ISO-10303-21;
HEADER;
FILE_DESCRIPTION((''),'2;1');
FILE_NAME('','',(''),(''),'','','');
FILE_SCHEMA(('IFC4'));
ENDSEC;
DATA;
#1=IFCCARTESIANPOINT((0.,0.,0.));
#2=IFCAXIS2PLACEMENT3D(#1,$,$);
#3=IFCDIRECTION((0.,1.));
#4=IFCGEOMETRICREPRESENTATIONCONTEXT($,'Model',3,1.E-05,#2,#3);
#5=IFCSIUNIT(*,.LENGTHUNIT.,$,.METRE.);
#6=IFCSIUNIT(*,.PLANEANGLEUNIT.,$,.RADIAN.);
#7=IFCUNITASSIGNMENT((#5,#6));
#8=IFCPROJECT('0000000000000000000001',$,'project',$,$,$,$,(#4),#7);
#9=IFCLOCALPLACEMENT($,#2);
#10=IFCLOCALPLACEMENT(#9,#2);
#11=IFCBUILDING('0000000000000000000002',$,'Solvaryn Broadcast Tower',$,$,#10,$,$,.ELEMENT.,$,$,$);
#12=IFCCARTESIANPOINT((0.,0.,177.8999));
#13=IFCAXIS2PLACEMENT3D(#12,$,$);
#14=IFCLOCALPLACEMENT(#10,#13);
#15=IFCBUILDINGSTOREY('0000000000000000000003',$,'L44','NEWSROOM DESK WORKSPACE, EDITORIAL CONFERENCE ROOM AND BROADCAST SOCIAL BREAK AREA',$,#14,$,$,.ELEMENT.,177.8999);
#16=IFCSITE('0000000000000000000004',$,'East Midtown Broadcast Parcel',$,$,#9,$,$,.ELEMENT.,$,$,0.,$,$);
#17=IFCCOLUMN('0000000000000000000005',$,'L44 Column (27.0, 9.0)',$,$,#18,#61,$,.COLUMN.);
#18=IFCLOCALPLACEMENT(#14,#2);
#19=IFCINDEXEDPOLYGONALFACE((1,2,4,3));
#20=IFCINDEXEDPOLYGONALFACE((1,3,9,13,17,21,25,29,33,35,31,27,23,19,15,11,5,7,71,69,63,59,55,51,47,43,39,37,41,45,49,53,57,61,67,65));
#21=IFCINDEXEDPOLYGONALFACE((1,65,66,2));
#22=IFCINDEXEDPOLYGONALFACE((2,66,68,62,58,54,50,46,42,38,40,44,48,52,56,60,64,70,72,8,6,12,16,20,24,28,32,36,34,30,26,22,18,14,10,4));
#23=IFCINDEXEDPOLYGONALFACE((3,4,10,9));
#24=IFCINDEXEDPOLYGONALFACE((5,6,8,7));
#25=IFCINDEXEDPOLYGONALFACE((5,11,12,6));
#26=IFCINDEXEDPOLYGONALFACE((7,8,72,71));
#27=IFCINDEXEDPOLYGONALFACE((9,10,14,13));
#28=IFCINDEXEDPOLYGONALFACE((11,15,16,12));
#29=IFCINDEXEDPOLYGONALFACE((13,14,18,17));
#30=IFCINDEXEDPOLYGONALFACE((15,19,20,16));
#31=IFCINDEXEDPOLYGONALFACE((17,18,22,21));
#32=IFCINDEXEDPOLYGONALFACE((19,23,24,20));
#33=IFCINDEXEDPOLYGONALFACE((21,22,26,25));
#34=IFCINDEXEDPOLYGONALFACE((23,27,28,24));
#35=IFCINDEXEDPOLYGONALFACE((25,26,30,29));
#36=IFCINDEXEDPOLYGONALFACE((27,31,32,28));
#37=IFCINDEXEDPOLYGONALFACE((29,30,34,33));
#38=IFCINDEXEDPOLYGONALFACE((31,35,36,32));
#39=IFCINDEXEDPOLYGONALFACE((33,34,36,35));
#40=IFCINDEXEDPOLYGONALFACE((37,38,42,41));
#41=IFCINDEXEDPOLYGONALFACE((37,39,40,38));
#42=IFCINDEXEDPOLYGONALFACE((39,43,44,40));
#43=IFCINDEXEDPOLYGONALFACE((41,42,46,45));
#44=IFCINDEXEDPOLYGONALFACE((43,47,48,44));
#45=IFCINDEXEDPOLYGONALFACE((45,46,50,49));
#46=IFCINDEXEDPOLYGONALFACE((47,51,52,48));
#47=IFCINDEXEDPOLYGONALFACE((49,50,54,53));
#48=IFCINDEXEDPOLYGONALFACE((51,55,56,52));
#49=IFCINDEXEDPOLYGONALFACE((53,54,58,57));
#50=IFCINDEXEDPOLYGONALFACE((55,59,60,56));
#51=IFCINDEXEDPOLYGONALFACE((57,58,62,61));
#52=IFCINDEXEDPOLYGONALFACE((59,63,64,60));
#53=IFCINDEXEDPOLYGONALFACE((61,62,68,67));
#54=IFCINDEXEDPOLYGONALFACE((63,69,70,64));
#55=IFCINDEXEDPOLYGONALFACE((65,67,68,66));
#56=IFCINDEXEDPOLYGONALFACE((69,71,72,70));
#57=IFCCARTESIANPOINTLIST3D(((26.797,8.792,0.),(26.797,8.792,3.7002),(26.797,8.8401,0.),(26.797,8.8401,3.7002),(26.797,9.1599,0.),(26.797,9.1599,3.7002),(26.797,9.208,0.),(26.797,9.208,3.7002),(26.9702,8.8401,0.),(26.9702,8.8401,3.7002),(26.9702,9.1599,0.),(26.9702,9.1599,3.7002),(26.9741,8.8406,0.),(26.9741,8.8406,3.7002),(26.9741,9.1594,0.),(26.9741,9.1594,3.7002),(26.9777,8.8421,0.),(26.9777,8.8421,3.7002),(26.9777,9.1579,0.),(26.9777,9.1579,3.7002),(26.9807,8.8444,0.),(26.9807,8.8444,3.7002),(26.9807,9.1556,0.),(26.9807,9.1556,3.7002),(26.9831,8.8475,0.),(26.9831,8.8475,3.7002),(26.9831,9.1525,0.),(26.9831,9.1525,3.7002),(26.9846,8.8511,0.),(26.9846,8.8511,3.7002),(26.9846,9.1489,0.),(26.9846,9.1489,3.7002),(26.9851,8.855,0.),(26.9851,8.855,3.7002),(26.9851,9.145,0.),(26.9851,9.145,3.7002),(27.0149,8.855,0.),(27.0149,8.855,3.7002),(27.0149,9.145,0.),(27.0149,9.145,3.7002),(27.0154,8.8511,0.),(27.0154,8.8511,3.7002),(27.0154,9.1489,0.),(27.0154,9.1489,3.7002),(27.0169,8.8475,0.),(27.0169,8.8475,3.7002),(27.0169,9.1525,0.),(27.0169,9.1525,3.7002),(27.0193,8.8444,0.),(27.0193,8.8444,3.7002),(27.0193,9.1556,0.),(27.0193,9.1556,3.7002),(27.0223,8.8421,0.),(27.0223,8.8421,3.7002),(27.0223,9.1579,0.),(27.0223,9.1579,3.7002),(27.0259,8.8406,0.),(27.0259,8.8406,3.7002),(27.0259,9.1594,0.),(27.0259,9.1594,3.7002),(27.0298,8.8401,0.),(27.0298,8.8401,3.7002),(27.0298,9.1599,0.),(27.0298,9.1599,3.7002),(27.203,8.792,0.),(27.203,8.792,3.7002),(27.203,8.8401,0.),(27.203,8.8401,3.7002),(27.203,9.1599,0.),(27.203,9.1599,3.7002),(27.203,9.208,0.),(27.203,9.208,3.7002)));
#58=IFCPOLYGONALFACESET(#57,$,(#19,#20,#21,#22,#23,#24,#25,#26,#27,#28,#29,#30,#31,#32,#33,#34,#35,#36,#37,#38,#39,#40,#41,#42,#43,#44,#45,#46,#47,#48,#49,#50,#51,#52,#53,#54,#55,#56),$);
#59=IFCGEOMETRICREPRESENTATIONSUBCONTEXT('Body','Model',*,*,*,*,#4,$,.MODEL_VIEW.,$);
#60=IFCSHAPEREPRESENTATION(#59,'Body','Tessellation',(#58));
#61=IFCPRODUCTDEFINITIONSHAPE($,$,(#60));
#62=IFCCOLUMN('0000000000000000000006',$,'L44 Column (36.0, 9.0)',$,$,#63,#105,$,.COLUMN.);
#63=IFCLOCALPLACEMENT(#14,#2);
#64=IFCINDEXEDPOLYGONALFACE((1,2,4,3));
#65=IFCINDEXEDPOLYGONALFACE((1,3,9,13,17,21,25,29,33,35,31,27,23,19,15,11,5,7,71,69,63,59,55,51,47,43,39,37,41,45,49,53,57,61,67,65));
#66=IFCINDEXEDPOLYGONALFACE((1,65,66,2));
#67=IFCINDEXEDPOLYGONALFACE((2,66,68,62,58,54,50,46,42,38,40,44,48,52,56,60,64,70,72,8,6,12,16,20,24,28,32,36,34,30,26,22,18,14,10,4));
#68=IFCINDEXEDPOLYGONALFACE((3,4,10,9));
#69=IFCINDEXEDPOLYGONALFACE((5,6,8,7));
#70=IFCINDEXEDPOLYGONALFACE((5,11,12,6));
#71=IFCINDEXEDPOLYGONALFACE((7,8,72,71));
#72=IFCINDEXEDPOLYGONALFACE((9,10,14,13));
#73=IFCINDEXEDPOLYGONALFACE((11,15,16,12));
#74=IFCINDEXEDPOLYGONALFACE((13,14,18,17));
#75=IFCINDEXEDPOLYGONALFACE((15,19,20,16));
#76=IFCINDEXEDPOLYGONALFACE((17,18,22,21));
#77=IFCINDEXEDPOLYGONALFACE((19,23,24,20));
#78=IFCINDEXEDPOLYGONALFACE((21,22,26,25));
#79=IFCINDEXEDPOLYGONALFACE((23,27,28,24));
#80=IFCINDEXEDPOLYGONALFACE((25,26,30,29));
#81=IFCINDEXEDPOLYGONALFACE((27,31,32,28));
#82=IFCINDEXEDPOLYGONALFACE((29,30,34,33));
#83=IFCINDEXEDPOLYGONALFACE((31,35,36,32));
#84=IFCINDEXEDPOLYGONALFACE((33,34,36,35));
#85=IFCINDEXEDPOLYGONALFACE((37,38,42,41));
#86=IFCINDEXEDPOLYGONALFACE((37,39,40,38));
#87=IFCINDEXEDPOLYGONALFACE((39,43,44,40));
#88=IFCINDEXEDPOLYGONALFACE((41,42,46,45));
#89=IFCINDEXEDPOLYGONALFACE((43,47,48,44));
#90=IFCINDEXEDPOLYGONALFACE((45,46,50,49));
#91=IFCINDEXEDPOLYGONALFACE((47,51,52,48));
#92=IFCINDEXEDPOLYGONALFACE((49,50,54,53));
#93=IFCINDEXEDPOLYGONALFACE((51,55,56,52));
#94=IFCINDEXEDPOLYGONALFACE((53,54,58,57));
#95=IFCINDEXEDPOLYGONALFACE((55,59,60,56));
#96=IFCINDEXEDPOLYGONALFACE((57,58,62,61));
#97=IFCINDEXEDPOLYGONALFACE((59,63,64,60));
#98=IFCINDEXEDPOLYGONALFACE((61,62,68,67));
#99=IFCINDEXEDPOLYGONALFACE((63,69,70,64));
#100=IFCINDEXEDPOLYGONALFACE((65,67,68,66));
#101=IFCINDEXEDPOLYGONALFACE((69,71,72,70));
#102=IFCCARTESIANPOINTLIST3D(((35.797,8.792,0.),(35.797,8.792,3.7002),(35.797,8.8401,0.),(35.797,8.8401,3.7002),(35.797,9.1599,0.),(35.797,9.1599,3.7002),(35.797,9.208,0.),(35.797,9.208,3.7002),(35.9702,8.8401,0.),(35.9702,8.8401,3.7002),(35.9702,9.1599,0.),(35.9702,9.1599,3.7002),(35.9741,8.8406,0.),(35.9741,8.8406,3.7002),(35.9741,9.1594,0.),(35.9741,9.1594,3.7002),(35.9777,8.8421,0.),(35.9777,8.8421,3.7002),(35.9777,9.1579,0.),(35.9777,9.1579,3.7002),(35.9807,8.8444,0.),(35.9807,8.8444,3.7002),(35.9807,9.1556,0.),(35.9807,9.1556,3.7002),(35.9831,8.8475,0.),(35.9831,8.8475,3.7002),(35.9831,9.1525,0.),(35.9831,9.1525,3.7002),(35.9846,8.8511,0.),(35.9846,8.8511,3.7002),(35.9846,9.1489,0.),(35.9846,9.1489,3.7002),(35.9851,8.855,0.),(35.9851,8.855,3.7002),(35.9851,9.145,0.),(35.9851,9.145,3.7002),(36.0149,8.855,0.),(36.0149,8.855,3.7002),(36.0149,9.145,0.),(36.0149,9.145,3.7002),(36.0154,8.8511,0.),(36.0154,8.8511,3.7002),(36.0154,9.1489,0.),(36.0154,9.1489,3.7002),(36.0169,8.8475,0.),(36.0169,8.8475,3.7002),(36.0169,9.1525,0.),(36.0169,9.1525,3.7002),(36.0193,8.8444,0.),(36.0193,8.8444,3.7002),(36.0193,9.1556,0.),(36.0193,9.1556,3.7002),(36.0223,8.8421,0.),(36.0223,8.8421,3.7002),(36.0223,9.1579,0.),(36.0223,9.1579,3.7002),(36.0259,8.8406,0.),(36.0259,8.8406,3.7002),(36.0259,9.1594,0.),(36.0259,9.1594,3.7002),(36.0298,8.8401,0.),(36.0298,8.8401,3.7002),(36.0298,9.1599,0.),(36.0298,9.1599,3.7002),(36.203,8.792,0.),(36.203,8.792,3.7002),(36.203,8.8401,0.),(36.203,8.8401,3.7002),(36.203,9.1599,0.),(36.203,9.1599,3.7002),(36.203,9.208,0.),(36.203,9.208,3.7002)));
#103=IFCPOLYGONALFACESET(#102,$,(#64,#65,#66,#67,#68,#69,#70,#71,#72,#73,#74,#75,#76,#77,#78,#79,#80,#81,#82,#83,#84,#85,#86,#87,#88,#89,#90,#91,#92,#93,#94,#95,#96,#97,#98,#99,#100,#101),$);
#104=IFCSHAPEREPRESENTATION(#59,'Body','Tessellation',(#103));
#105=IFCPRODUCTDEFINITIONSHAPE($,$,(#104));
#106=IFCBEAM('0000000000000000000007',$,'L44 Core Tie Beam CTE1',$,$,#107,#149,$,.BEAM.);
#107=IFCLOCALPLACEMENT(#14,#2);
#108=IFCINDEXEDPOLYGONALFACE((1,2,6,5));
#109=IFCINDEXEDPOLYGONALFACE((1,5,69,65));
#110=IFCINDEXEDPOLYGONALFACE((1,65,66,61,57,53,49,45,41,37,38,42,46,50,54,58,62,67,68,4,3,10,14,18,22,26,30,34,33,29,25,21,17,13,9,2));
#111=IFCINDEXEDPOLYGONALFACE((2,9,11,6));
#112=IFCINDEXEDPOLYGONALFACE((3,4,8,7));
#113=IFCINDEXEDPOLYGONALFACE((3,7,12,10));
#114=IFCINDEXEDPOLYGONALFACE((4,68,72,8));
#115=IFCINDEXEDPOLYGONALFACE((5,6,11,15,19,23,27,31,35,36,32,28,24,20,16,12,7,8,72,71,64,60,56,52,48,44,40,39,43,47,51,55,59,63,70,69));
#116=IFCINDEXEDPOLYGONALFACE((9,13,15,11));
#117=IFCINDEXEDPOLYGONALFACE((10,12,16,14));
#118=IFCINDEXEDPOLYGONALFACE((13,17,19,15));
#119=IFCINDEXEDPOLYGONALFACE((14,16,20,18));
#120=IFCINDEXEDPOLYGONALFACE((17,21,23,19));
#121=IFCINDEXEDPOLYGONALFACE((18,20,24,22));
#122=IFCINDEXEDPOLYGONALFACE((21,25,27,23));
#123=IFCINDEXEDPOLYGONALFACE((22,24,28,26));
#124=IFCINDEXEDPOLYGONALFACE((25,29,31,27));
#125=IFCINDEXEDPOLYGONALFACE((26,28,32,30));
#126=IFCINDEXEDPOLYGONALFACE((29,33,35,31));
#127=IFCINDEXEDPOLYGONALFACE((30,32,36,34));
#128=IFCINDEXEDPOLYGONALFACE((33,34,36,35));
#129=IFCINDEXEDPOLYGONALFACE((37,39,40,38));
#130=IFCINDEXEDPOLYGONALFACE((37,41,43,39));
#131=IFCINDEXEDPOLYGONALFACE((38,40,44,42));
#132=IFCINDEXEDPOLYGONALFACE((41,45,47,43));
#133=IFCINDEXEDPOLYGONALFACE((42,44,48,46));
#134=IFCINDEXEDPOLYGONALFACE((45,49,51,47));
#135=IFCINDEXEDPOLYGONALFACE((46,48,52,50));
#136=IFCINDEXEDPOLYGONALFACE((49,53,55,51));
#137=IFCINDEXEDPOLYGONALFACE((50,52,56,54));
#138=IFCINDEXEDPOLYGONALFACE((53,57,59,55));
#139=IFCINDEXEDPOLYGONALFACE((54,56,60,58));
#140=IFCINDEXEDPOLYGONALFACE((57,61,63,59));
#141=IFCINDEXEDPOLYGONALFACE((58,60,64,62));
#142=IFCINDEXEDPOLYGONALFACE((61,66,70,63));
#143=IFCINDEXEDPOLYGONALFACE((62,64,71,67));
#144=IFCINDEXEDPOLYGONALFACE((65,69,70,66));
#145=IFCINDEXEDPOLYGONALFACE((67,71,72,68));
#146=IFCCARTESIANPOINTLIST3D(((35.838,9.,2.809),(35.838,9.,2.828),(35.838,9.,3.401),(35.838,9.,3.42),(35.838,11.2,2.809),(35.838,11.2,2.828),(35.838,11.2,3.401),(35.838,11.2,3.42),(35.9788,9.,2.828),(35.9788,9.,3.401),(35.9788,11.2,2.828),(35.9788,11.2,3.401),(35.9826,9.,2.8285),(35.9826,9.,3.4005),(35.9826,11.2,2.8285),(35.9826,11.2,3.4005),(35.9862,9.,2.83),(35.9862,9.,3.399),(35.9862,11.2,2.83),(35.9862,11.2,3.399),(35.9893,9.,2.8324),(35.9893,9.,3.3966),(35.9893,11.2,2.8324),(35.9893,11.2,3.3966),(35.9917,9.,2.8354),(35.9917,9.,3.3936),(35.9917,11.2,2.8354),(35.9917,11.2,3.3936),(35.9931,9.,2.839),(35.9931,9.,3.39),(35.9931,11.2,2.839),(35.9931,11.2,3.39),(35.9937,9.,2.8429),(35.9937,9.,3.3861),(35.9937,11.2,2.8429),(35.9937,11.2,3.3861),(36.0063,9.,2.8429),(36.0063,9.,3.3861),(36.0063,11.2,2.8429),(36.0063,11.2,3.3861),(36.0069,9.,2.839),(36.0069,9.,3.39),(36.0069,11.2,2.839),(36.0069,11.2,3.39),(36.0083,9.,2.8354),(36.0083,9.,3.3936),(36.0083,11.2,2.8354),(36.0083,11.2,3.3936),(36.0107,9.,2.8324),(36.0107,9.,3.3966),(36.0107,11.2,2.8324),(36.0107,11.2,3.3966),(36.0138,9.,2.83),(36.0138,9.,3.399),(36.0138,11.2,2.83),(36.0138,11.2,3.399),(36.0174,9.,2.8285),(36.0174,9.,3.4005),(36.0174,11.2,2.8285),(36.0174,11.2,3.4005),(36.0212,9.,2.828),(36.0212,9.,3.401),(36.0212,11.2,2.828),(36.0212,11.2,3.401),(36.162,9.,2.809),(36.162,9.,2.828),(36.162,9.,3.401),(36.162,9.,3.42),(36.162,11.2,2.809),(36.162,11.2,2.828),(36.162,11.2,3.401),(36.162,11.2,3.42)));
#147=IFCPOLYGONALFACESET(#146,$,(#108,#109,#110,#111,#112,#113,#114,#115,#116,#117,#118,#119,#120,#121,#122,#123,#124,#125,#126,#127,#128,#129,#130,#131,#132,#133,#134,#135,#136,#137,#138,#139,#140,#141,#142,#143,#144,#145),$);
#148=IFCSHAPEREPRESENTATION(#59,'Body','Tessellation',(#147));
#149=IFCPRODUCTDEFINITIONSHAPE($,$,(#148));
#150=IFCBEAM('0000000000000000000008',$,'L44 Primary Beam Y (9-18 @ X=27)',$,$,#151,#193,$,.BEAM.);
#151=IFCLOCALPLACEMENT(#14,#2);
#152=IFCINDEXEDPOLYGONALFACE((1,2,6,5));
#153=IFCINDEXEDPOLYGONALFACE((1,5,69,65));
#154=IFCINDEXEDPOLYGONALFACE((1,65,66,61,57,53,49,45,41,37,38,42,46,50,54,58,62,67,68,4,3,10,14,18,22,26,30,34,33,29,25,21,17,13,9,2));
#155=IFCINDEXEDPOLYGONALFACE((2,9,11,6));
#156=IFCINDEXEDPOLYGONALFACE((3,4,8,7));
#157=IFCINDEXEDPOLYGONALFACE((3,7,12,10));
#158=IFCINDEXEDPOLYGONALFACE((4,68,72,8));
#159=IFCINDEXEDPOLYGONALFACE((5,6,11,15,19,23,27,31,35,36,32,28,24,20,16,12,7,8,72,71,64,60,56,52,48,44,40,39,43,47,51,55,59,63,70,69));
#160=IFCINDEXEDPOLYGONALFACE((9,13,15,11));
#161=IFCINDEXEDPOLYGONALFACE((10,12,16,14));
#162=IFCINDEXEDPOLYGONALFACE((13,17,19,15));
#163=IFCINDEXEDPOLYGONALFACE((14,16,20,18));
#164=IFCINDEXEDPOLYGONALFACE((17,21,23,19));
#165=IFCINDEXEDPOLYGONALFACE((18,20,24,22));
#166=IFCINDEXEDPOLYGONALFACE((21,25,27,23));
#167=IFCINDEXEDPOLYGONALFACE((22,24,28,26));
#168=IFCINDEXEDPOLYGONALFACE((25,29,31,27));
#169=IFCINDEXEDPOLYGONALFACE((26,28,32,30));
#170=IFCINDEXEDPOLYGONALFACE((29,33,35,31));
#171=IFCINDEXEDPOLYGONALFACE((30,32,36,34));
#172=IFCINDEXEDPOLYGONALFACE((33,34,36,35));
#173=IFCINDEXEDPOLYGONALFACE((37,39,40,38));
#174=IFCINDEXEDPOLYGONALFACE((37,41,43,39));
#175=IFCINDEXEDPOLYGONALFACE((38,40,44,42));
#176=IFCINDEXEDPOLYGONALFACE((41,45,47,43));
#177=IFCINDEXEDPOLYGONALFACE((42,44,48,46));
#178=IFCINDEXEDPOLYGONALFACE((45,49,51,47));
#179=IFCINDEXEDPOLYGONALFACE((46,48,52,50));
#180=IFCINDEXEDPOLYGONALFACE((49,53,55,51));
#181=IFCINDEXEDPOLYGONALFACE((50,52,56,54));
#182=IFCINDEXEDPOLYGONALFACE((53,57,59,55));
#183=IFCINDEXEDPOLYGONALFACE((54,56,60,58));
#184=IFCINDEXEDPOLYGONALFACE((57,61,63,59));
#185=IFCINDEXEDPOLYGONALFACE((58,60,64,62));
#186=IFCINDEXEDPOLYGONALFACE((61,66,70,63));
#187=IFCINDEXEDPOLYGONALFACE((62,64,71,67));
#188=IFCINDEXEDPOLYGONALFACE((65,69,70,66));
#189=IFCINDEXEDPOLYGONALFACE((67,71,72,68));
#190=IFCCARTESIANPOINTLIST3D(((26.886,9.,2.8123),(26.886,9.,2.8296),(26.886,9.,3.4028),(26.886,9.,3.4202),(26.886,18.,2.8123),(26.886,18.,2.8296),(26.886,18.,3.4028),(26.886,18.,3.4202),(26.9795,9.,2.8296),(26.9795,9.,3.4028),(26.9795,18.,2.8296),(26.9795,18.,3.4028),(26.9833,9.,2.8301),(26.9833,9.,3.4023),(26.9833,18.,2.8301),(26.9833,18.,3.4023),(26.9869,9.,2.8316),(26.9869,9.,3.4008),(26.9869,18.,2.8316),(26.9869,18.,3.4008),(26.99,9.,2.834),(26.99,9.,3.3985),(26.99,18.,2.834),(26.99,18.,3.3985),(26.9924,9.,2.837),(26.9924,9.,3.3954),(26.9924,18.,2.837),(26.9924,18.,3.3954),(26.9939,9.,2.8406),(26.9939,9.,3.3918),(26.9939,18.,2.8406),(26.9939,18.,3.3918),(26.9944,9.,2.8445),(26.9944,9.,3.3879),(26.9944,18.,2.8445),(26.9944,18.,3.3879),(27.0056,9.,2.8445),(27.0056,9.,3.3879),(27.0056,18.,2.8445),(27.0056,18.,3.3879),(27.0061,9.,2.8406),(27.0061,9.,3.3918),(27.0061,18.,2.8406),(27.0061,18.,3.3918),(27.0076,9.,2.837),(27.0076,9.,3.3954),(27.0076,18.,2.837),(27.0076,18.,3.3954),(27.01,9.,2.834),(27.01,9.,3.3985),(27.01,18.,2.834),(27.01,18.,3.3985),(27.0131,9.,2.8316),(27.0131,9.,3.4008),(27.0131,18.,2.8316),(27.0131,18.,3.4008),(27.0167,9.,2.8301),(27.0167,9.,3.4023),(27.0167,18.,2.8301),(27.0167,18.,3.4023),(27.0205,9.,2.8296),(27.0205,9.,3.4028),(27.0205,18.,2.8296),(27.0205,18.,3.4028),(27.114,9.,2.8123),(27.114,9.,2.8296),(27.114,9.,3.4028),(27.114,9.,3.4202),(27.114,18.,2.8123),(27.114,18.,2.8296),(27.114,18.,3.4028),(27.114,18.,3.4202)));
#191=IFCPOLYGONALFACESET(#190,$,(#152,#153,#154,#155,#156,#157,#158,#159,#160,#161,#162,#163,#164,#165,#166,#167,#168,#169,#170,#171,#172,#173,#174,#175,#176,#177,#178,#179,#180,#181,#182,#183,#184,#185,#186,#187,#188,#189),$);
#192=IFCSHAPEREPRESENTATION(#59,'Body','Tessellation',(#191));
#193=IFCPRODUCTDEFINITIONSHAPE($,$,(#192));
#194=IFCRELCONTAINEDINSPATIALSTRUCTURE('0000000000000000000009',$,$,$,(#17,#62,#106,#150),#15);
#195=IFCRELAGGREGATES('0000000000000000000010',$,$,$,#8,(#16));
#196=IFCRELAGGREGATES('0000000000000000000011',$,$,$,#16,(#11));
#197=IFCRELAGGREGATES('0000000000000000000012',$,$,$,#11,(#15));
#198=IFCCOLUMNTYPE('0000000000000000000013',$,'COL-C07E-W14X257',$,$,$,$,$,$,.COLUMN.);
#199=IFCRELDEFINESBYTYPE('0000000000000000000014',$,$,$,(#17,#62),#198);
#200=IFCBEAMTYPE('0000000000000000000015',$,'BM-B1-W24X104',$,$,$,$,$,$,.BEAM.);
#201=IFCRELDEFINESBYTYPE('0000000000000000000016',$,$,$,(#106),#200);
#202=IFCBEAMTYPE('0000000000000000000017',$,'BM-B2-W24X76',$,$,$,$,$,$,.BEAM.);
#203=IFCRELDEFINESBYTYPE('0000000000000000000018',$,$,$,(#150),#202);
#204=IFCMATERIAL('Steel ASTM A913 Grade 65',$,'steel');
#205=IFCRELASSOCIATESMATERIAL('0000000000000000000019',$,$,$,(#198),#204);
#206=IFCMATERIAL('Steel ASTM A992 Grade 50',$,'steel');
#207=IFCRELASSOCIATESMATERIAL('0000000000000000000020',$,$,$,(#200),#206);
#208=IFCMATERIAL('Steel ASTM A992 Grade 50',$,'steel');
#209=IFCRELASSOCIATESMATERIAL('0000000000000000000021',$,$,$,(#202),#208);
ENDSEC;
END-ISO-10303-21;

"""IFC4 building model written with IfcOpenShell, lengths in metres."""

from ifc_helpers import new_model, si_unit, direction, frame, origin, origin_2d, place, context, subcontext, project, spatial, i_section, extrude, material, material_profile, profile_set, type_object, element, save


model = new_model("IFC4")

# Units and contexts
model_context = context("Model", 3, precision=1e-05, world=origin(), true_north=direction((0.0, 1.0)))
body_context = subcontext(model_context, "Body", "Model", "MODEL_VIEW")
ifc_project = project(units=[si_unit("LENGTHUNIT", "METRE"), si_unit("PLANEANGLEUNIT", "RADIAN")], contexts=[model_context])

# Site, building, storey
site_placement = place(None, origin())
site = spatial("IfcSite", under=ifc_project, at=site_placement, Name="East Midtown Broadcast Parcel", CompositionType="ELEMENT", RefElevation=0.0)
building_placement = place(site_placement, origin())
building = spatial("IfcBuilding", under=site, at=building_placement, Name="Solvaryn Broadcast Tower", CompositionType="ELEMENT")
storey_placement = place(building_placement, frame((0.0, 0.0, 177.8999)))
storey = spatial("IfcBuildingStorey", under=building, at=storey_placement, Name="L44", Description="NEWSROOM DESK WORKSPACE, EDITORIAL CONFERENCE ROOM AND BROADCAST SOCIAL BREAK AREA", CompositionType="ELEMENT", Elevation=177.8999)

# Columns
ifc_material_1 = material(Name="Steel ASTM A913 Grade 65", Category="steel")
ifc_material_profile_1 = material_profile(ifc_material_1, i_section(OverallWidth=0.406, OverallDepth=0.416, WebThickness=0.0298, FlangeThickness=0.0481, FilletRadius=0.0149, at=origin_2d()))
ifc_profile_set_1 = profile_set([ifc_material_profile_1], Name="Steel ASTM A913 Grade 65")
column_type = type_object("IfcColumnType", Name="COL-C07E-W14X257", PredefinedType="COLUMN", material=ifc_profile_set_1)
for number, where, z_axis, x_axis, name in (
    (1, (27.0, 9.0, 0.0), (0.0, 0.0, 1.0), (1.0, 0.0, 0.0), "L44 Column (27.0, 9.0)"),
    (2, (36.0, 9.0, 0.0), (0.0, 0.0, 1.0), (1.0, 0.0, 0.0), "L44 Column (36.0, 9.0)"),
):
    element("IfcColumn", number, at=place(storey_placement, frame(where, z_axis=z_axis, x_axis=x_axis)), inside=storey, type_object=column_type, Name=name, PredefinedType="COLUMN", context=body_context, shape_type="SweptSolid", body=[
        extrude(i_section(OverallWidth=0.406, OverallDepth=0.416, WebThickness=0.0298, FlangeThickness=0.0481, FilletRadius=0.0149, at=origin_2d()), origin(), (0.0, 0.0, 1.0), 3.7002),
    ])

# Beams
ifc_material_2 = material(Name="Steel ASTM A992 Grade 50", Category="steel")
ifc_material_profile_2 = material_profile(ifc_material_2, i_section(OverallWidth=0.324, OverallDepth=0.6111, WebThickness=0.0127, FlangeThickness=0.019, FilletRadius=0.0149, at=origin_2d()))
ifc_profile_set_2 = profile_set([ifc_material_profile_2], Name="Steel ASTM A992 Grade 50")
beam_type_1 = type_object("IfcBeamType", Name="BM-B1-W24X104", PredefinedType="BEAM", material=ifc_profile_set_2)
beam_1_placement = place(storey_placement, frame((36.0, 9.0, 3.1145), z_axis=(0.0, 1.0, 0.0), x_axis=(-1.0, 0.0, 0.0)))
element("IfcBeam", 3, at=beam_1_placement, inside=storey, type_object=beam_type_1, Name="L44 Core Tie Beam CTE1", PredefinedType="BEAM", context=body_context, shape_type="SweptSolid", body=[
    extrude(i_section(OverallWidth=0.324, OverallDepth=0.6111, WebThickness=0.0127, FlangeThickness=0.019, FilletRadius=0.0149, at=origin_2d()), origin(), (0.0, 0.0, 1.0), 2.2),
])
ifc_material_3 = material(Name="Steel ASTM A992 Grade 50", Category="steel")
ifc_material_profile_3 = material_profile(ifc_material_3, i_section(OverallWidth=0.228, OverallDepth=0.6079, WebThickness=0.0112, FlangeThickness=0.0173, FilletRadius=0.0149, at=origin_2d()))
ifc_profile_set_3 = profile_set([ifc_material_profile_3], Name="Steel ASTM A992 Grade 50")
beam_type_2 = type_object("IfcBeamType", Name="BM-B2-W24X76", PredefinedType="BEAM", material=ifc_profile_set_3)
beam_2_placement = place(storey_placement, frame((27.0, 9.0, 3.1162), z_axis=(0.0, 1.0, 0.0), x_axis=(-1.0, 0.0, 0.0)))
element("IfcBeam", 4, at=beam_2_placement, inside=storey, type_object=beam_type_2, Name="L44 Primary Beam Y (9-18 @ X=27)", PredefinedType="BEAM", context=body_context, shape_type="SweptSolid", body=[
    extrude(i_section(OverallWidth=0.228, OverallDepth=0.6079, WebThickness=0.0112, FlangeThickness=0.0173, FilletRadius=0.0149, at=origin_2d()), origin(), (0.0, 0.0, 1.0), 9.0),
])

save(model, "model.ifc")
